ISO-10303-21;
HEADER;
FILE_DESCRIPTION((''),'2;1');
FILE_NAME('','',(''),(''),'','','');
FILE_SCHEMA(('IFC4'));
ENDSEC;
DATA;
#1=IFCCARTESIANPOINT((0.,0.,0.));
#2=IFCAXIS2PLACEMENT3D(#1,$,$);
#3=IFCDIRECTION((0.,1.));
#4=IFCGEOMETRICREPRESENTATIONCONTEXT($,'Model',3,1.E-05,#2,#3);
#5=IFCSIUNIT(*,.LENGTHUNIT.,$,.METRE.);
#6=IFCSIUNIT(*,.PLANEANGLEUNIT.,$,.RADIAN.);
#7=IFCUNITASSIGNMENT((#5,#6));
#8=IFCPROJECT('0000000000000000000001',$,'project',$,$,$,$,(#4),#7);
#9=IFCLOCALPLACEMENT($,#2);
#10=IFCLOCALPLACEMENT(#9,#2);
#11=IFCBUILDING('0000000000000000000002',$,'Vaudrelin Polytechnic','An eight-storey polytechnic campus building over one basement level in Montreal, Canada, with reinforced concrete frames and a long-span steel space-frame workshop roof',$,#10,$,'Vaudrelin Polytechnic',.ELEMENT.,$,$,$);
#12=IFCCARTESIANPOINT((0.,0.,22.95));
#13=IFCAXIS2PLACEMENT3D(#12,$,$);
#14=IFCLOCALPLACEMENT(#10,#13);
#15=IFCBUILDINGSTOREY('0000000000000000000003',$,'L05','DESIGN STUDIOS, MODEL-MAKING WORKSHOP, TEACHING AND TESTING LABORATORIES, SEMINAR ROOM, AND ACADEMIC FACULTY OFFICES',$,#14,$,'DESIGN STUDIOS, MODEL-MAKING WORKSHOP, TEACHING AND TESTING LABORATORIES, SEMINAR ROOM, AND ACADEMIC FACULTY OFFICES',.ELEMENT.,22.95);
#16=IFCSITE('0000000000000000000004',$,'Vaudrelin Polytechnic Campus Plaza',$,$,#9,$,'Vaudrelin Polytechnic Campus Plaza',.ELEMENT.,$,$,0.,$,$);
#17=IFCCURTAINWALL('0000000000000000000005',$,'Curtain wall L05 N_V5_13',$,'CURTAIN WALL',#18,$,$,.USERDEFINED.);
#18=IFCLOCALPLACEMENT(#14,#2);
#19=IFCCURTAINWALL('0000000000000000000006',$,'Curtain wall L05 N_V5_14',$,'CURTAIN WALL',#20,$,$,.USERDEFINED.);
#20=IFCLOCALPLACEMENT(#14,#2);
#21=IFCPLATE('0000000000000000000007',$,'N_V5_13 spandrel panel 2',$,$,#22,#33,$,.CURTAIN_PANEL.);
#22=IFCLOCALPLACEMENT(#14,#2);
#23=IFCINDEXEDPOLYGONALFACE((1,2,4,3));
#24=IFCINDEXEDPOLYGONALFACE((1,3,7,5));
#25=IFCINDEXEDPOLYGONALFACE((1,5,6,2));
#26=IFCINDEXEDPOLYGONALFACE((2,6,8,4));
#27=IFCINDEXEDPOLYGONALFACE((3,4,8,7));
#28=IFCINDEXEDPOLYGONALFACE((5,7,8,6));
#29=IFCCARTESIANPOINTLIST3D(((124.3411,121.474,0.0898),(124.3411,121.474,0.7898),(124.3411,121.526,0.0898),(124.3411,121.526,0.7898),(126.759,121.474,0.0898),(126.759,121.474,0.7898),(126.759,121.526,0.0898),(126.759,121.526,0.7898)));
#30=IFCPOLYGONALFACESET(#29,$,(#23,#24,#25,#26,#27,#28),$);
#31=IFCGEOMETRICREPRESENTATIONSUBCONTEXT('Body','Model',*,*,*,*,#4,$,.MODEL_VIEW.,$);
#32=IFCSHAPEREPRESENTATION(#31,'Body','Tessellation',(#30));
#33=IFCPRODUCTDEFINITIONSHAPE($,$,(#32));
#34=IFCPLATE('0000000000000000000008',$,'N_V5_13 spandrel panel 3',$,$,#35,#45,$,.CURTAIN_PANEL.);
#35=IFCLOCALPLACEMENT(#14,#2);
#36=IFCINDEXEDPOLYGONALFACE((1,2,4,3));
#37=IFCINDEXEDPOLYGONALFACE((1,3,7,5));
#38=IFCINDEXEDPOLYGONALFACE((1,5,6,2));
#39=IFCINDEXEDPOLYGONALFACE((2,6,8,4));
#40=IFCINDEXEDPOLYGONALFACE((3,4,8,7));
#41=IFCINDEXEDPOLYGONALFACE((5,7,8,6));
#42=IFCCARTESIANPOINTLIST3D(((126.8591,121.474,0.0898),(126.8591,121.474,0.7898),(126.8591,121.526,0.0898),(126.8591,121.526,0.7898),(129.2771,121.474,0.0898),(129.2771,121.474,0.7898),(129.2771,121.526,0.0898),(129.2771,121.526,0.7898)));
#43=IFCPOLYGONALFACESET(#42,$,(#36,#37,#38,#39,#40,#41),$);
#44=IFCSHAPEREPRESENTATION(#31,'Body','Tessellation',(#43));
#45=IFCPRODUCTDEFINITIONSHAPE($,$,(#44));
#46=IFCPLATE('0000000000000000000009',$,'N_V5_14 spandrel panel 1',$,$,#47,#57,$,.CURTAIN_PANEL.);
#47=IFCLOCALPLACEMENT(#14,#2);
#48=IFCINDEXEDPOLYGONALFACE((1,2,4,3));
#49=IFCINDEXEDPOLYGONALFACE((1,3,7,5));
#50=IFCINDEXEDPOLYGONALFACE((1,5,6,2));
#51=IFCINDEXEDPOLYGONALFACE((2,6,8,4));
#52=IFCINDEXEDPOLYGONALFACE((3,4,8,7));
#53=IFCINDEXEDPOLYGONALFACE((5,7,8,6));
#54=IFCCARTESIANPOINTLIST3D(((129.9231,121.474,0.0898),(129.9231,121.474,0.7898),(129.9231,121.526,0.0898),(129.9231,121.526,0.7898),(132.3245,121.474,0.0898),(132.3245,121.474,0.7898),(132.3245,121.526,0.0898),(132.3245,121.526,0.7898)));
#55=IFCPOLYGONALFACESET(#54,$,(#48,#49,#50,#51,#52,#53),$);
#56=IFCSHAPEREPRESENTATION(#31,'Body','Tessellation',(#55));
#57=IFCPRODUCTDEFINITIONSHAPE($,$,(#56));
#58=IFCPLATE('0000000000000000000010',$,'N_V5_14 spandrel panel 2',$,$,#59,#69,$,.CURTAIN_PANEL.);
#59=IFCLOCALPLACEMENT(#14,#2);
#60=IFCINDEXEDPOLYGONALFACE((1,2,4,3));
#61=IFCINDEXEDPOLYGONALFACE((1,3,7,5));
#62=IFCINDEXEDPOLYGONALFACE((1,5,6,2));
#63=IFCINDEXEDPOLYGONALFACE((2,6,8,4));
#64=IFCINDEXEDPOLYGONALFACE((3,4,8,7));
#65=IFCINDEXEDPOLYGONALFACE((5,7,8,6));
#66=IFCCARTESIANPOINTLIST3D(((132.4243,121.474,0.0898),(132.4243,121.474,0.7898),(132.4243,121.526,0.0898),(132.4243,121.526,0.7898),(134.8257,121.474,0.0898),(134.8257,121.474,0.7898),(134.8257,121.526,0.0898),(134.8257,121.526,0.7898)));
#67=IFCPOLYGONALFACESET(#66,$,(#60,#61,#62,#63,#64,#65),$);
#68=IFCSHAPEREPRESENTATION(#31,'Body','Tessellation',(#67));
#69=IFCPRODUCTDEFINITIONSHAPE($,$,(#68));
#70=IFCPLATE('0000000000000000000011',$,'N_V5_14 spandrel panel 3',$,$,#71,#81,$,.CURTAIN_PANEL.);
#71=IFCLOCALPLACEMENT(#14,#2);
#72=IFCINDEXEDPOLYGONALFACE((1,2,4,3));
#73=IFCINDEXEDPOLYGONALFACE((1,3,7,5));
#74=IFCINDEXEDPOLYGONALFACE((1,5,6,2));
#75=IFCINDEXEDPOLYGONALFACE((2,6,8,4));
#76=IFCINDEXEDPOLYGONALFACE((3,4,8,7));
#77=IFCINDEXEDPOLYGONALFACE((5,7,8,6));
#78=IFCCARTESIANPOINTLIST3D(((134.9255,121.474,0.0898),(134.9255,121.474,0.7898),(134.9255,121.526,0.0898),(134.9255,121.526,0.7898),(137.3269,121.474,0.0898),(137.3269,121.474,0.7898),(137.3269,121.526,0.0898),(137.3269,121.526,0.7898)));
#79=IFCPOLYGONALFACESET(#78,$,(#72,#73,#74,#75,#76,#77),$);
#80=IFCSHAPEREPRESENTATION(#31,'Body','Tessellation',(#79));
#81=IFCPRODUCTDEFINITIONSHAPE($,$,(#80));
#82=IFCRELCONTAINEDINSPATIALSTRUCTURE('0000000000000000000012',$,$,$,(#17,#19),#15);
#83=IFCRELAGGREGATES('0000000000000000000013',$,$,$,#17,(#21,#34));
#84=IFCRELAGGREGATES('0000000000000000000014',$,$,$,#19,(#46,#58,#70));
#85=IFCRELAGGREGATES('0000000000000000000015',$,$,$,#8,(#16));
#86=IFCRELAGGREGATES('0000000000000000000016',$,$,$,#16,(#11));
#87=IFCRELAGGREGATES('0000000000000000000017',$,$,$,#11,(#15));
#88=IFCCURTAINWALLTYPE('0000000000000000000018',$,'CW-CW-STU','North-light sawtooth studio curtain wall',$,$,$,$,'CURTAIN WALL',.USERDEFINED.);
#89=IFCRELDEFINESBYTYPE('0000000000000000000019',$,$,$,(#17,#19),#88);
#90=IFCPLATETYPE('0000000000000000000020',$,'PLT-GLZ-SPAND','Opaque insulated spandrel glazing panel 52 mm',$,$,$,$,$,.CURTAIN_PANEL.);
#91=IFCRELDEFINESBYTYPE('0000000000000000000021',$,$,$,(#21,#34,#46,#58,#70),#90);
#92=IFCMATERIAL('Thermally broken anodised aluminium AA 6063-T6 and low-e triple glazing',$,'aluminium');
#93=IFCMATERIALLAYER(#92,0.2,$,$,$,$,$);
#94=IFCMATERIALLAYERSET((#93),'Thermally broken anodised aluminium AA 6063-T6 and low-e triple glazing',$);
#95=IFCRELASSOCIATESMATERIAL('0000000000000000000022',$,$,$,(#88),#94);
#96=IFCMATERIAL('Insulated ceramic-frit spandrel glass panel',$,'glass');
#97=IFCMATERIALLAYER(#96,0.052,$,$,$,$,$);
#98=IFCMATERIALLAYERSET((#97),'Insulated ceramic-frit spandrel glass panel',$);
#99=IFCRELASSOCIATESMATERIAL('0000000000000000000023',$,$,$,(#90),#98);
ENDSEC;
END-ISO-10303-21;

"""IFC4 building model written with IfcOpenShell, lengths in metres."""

from ifc_helpers import new_model, si_unit, direction, frame, origin, origin_2d, place, context, subcontext, project, spatial, rectangle, extrude, material, layer, layer_set, type_object, element, aggregate, save


model = new_model("IFC4")

# Units and contexts
model_context = context("Model", 3, precision=1e-05, world=origin(), true_north=direction((0.0, 1.0)))
body_context = subcontext(model_context, "Body", "Model", "MODEL_VIEW")
ifc_project = project(units=[si_unit("LENGTHUNIT", "METRE"), si_unit("PLANEANGLEUNIT", "RADIAN")], contexts=[model_context])

# Site, building, storey
site_placement = place(None, origin())
site = spatial("IfcSite", under=ifc_project, at=site_placement, Name="Vaudrelin Polytechnic Campus Plaza", LongName="Vaudrelin Polytechnic Campus Plaza", CompositionType="ELEMENT", RefElevation=0.0)
building_placement = place(site_placement, origin())
building = spatial("IfcBuilding", under=site, at=building_placement, Name="Vaudrelin Polytechnic", Description="An eight-storey polytechnic campus building over one basement level in Montreal, Canada, with reinforced concrete frames and a long-span steel space-frame workshop roof", LongName="Vaudrelin Polytechnic", CompositionType="ELEMENT")
storey_placement = place(building_placement, frame((0.0, 0.0, 22.95)))
storey = spatial("IfcBuildingStorey", under=building, at=storey_placement, Name="L05", Description="DESIGN STUDIOS, MODEL-MAKING WORKSHOP, TEACHING AND TESTING LABORATORIES, SEMINAR ROOM, AND ACADEMIC FACULTY OFFICES", LongName="DESIGN STUDIOS, MODEL-MAKING WORKSHOP, TEACHING AND TESTING LABORATORIES, SEMINAR ROOM, AND ACADEMIC FACULTY OFFICES", CompositionType="ELEMENT", Elevation=22.95)

# Curtain walls
ifc_material_1 = material(Name="Thermally broken anodised aluminium AA 6063-T6 and low-e triple glazing", Category="aluminium")
ifc_layer_1 = layer(ifc_material_1, 0.2)
ifc_layer_set_1 = layer_set([ifc_layer_1], Name="Thermally broken anodised aluminium AA 6063-T6 and low-e triple glazing")
curtain_wall_type = type_object("IfcCurtainWallType", Name="CW-CW-STU", Description="North-light sawtooth studio curtain wall", ElementType="CURTAIN WALL", PredefinedType="USERDEFINED", material=ifc_layer_set_1)
curtain_wall_1_placement = place(storey_placement, origin())
curtain_wall_1 = element("IfcCurtainWall", 1, at=curtain_wall_1_placement, inside=storey, type_object=curtain_wall_type, Name="Curtain wall L05 N_V5_13", ObjectType="CURTAIN WALL", PredefinedType="USERDEFINED")
curtain_wall_2_placement = place(storey_placement, origin())
curtain_wall_2 = element("IfcCurtainWall", 2, at=curtain_wall_2_placement, inside=storey, type_object=curtain_wall_type, Name="Curtain wall L05 N_V5_14", ObjectType="CURTAIN WALL", PredefinedType="USERDEFINED")

# Plates
ifc_material_2 = material(Name="Insulated ceramic-frit spandrel glass panel", Category="glass")
ifc_layer_2 = layer(ifc_material_2, 0.052)
ifc_layer_set_2 = layer_set([ifc_layer_2], Name="Insulated ceramic-frit spandrel glass panel")
plate_type_1 = type_object("IfcPlateType", Name="PLT-GLZ-SPAND", Description="Opaque insulated spandrel glazing panel 52 mm", PredefinedType="CURTAIN_PANEL", material=ifc_layer_set_2)
plate_1_placement = place(storey_placement, frame((125.55, 121.5, 0.0898), z_axis=(0.0, 0.0, 1.0), x_axis=(1.0, 0.0, 0.0)))
plate_1 = element("IfcPlate", 3, at=plate_1_placement, type_object=plate_type_1, Name="N_V5_13 spandrel panel 2", PredefinedType="CURTAIN_PANEL", context=body_context, shape_type="SweptSolid", body=[
    extrude(rectangle(XDim=2.418, YDim=0.052, at=origin_2d()), origin(), (0.0, 0.0, 1.0), 0.7),
])
plate_2_placement = place(storey_placement, frame((128.0681, 121.5, 0.0898), z_axis=(0.0, 0.0, 1.0), x_axis=(1.0, 0.0, 0.0)))
plate_2 = element("IfcPlate", 4, at=plate_2_placement, type_object=plate_type_1, Name="N_V5_13 spandrel panel 3", PredefinedType="CURTAIN_PANEL", context=body_context, shape_type="SweptSolid", body=[
    extrude(rectangle(XDim=2.418, YDim=0.052, at=origin_2d()), origin(), (0.0, 0.0, 1.0), 0.7),
])
aggregate(curtain_wall_1, [plate_1, plate_2])
plate_3_placement = place(storey_placement, frame((131.1238, 121.5, 0.0898), z_axis=(0.0, 0.0, 1.0), x_axis=(1.0, 0.0, 0.0)))
plate_3 = element("IfcPlate", 5, at=plate_3_placement, type_object=plate_type_1, Name="N_V5_14 spandrel panel 1", PredefinedType="CURTAIN_PANEL", context=body_context, shape_type="SweptSolid", body=[
    extrude(rectangle(XDim=2.4014, YDim=0.052, at=origin_2d()), origin(), (0.0, 0.0, 1.0), 0.7),
])
plate_4_placement = place(storey_placement, frame((133.625, 121.5, 0.0898), z_axis=(0.0, 0.0, 1.0), x_axis=(1.0, 0.0, 0.0)))
plate_4 = element("IfcPlate", 6, at=plate_4_placement, type_object=plate_type_1, Name="N_V5_14 spandrel panel 2", PredefinedType="CURTAIN_PANEL", context=body_context, shape_type="SweptSolid", body=[
    extrude(rectangle(XDim=2.4014, YDim=0.052, at=origin_2d()), origin(), (0.0, 0.0, 1.0), 0.7),
])
plate_5_placement = place(storey_placement, frame((136.1262, 121.5, 0.0898), z_axis=(0.0, 0.0, 1.0), x_axis=(1.0, 0.0, 0.0)))
plate_5 = element("IfcPlate", 7, at=plate_5_placement, type_object=plate_type_1, Name="N_V5_14 spandrel panel 3", PredefinedType="CURTAIN_PANEL", context=body_context, shape_type="SweptSolid", body=[
    extrude(rectangle(XDim=2.4014, YDim=0.052, at=origin_2d()), origin(), (0.0, 0.0, 1.0), 0.7),
])
aggregate(curtain_wall_2, [plate_3, plate_4, plate_5])

save(model, "model.ifc")
